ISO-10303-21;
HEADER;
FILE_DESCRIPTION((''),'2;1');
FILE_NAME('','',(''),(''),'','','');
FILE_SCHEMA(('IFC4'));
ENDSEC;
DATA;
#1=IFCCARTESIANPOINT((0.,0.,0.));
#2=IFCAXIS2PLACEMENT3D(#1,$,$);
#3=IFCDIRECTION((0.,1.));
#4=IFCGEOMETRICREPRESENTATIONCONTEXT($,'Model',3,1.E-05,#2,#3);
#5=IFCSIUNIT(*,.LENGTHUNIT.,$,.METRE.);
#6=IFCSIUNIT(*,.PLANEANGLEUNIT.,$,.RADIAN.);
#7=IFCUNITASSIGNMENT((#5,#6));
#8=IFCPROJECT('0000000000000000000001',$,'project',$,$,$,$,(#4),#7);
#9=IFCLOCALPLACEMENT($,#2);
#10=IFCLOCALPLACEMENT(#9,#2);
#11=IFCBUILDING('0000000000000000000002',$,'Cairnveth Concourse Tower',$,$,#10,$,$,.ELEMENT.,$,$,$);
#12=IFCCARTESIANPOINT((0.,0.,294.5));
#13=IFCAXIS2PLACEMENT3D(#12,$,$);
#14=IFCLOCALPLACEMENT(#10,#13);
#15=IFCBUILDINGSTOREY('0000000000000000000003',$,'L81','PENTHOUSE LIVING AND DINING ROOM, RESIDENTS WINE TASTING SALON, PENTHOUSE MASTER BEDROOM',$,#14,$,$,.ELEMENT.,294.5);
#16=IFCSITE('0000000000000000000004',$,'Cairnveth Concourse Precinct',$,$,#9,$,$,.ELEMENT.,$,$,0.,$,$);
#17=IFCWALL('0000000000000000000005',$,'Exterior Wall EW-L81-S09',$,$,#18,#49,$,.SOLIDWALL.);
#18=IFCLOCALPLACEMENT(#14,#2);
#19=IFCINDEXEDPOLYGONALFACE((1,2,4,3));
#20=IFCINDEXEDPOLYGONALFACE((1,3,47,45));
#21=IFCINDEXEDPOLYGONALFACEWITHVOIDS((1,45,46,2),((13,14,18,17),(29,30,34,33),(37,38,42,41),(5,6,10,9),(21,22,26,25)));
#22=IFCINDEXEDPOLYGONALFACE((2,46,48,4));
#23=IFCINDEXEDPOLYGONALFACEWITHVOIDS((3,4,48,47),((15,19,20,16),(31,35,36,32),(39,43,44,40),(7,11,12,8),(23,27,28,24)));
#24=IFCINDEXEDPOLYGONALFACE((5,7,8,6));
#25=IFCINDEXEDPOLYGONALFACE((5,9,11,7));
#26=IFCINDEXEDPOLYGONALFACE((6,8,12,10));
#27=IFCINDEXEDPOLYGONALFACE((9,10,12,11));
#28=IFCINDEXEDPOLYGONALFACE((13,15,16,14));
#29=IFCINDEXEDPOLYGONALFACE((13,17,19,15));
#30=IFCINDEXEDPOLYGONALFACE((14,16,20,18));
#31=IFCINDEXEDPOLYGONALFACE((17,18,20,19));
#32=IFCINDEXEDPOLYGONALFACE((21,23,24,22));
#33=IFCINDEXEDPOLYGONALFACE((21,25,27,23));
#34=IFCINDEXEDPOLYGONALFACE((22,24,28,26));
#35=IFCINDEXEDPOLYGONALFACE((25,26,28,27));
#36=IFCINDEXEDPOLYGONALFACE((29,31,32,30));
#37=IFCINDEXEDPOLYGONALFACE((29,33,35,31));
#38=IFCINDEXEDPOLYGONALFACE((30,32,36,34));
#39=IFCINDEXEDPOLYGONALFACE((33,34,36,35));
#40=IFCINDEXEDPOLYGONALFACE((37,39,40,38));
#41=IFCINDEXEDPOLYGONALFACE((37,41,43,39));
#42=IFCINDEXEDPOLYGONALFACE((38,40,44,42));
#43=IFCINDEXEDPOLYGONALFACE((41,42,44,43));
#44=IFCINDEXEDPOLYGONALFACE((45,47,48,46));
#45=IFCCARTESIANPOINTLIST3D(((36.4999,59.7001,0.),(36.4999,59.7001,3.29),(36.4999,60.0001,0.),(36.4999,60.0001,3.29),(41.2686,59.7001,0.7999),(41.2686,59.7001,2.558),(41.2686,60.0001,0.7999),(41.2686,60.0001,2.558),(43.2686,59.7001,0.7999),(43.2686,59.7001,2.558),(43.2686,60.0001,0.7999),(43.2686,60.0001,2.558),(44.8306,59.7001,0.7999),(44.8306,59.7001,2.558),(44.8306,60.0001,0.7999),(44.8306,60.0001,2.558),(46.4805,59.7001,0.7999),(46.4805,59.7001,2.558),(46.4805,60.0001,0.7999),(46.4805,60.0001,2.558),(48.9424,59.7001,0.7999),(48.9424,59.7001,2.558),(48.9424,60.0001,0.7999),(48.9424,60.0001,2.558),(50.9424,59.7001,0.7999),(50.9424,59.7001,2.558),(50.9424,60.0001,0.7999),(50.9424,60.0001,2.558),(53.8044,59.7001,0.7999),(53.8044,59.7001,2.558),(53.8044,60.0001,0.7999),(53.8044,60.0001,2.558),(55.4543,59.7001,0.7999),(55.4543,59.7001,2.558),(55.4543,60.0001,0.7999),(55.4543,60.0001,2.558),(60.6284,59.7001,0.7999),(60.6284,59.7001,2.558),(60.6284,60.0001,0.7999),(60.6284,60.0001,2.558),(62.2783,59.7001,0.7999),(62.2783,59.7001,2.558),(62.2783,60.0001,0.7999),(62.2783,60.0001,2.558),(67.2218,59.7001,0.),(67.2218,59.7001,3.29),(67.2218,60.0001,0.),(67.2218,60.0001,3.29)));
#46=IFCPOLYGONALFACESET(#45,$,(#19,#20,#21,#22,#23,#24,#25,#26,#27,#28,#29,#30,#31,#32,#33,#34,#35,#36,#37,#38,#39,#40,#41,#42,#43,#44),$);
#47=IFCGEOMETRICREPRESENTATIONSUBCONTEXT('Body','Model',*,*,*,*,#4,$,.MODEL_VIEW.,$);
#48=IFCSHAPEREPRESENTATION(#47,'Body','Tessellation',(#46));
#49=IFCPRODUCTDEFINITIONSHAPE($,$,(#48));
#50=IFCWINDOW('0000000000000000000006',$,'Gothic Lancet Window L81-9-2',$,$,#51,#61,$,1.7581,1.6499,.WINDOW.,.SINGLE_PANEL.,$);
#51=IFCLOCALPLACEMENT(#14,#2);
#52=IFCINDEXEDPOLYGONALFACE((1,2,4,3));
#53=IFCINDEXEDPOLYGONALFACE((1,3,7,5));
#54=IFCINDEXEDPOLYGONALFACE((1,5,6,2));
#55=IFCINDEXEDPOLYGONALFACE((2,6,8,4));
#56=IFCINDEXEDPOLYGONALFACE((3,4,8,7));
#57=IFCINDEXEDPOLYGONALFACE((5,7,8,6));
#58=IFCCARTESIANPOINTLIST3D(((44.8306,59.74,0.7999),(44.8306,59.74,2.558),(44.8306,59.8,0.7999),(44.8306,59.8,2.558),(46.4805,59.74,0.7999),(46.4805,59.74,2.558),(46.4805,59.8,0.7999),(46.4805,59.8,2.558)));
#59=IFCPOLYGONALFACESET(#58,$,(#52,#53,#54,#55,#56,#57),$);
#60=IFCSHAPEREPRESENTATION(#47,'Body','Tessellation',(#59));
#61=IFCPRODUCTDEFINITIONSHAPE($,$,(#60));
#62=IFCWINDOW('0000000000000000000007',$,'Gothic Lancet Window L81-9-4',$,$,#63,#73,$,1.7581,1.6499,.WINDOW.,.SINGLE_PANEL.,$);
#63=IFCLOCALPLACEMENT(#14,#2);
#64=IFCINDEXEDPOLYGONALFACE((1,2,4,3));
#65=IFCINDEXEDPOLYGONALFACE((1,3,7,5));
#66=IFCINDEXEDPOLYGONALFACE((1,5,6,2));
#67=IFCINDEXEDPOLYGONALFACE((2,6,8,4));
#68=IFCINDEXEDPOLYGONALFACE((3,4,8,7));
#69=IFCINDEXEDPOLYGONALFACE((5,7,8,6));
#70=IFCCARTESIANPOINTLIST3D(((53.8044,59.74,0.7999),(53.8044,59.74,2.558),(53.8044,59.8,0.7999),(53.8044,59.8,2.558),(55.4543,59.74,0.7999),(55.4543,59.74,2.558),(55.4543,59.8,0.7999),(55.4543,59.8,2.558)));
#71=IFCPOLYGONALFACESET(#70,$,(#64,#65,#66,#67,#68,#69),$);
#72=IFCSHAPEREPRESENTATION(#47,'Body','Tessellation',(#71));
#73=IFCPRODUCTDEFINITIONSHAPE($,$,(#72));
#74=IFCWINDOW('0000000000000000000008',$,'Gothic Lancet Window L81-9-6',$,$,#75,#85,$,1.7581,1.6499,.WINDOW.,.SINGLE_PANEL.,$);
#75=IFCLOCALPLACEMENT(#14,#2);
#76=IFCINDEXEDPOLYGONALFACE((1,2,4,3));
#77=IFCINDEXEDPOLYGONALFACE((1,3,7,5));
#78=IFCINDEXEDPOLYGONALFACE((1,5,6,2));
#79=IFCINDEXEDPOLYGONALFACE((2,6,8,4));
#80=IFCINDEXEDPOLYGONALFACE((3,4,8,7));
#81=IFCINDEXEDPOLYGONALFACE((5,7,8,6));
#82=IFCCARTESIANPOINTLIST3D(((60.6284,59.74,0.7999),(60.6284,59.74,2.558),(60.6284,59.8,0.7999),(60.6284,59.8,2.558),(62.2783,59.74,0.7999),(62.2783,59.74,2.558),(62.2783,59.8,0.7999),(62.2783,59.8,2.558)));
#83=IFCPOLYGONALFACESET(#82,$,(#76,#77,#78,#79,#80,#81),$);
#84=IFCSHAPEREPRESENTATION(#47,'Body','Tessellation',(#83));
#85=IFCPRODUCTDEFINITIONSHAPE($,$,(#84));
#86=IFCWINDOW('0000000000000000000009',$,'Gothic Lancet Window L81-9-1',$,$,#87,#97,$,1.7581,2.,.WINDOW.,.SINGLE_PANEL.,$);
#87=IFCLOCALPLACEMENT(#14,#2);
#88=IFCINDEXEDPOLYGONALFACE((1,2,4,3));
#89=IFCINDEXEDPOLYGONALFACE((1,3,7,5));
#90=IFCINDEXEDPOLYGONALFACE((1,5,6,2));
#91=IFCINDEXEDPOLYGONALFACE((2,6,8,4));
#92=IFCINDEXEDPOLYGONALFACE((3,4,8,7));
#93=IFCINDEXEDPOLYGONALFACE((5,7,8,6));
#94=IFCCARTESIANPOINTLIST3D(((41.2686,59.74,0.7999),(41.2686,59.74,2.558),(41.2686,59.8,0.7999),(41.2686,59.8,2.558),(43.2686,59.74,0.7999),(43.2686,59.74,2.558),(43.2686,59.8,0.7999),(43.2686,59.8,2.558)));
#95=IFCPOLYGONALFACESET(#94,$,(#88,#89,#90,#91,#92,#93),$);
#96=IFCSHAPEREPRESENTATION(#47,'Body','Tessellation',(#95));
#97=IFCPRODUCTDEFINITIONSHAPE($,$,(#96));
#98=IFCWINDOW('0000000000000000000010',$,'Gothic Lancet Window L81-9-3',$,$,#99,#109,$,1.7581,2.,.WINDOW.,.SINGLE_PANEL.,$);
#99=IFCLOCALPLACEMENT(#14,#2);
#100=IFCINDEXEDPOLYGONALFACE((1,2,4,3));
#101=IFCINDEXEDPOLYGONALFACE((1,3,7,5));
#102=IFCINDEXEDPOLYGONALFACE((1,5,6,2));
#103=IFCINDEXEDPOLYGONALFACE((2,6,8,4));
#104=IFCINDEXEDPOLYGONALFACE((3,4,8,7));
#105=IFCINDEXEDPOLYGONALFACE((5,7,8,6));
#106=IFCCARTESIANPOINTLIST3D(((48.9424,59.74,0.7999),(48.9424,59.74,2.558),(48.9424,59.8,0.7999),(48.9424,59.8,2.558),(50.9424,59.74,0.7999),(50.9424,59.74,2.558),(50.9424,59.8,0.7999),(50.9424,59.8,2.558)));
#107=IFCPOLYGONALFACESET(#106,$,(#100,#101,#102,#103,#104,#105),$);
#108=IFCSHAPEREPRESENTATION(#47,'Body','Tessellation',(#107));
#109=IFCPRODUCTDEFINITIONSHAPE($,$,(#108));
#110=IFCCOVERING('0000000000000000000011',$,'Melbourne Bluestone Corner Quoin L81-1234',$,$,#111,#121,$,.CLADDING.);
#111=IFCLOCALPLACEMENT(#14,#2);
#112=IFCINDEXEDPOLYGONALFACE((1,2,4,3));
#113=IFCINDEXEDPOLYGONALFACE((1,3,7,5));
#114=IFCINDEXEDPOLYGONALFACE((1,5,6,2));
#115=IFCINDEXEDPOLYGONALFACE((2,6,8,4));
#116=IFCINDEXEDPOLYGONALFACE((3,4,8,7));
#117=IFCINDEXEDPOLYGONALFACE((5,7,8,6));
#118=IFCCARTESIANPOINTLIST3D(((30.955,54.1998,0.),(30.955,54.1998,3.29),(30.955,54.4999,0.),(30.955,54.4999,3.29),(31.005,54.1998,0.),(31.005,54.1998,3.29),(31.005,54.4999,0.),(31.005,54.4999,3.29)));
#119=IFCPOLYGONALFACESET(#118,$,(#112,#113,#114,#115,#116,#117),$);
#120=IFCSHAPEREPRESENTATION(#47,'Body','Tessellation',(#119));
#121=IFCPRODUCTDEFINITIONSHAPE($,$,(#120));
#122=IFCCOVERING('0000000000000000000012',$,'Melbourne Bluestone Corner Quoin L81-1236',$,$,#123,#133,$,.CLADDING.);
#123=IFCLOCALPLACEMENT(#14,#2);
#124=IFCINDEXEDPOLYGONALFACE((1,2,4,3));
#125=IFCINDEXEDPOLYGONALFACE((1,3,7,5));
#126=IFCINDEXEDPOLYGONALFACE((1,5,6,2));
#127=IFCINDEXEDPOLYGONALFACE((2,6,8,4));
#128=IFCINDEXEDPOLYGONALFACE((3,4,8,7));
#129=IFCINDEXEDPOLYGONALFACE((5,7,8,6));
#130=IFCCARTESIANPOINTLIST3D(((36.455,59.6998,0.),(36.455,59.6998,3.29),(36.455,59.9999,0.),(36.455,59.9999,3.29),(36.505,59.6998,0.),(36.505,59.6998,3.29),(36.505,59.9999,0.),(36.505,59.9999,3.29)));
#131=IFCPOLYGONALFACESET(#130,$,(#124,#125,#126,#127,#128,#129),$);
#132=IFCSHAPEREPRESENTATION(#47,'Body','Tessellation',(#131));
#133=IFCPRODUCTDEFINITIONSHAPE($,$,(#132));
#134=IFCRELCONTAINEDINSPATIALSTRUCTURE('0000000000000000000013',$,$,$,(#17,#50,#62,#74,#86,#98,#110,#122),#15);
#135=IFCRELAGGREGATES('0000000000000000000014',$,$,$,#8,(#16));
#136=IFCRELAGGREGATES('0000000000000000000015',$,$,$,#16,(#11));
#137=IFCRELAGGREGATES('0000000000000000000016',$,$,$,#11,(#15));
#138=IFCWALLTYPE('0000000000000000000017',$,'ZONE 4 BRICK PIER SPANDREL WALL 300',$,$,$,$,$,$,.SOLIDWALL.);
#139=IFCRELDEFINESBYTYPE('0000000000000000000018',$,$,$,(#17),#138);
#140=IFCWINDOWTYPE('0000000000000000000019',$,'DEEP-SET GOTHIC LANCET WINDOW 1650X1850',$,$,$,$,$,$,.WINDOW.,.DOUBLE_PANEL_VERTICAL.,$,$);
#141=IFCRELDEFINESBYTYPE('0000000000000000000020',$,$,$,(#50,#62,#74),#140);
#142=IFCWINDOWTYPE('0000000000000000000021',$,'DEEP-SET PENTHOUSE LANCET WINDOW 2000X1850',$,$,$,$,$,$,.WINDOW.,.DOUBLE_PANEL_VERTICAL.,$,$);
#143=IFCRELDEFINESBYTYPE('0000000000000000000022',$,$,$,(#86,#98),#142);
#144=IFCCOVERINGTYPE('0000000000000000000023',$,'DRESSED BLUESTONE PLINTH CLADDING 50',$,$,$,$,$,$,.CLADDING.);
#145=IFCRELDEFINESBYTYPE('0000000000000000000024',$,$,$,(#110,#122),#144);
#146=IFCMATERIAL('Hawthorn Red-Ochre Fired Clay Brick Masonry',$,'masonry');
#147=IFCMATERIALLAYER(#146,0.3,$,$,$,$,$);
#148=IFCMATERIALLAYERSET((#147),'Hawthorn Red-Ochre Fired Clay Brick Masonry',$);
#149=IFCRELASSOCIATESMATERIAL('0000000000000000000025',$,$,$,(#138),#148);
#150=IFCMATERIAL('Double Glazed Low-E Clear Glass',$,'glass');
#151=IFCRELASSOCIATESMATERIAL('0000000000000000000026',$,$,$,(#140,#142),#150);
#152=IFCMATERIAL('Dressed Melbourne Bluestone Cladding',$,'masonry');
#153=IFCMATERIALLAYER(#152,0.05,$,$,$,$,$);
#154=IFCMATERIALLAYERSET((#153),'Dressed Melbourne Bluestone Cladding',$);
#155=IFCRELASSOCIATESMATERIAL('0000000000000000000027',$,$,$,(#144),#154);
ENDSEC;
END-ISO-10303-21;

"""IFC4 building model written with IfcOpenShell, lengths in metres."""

from ifc_helpers import new_model, si_unit, direction, frame, frame_2d, origin, place, context, subcontext, project, spatial, rectangle, extrude, material, layer, layer_set, type_object, element, fill, save


model = new_model("IFC4")

# Units and contexts
model_context = context("Model", 3, precision=1e-05, world=origin(), true_north=direction((0.0, 1.0)))
body_context = subcontext(model_context, "Body", "Model", "MODEL_VIEW")
ifc_project = project(units=[si_unit("LENGTHUNIT", "METRE"), si_unit("PLANEANGLEUNIT", "RADIAN")], contexts=[model_context])

# Site, building, storey
site_placement = place(None, origin())
site = spatial("IfcSite", under=ifc_project, at=site_placement, Name="Cairnveth Concourse Precinct", CompositionType="ELEMENT", RefElevation=0.0)
building_placement = place(site_placement, origin())
building = spatial("IfcBuilding", under=site, at=building_placement, Name="Cairnveth Concourse Tower", CompositionType="ELEMENT")
storey_placement = place(building_placement, frame((0.0, 0.0, 294.5)))
storey = spatial("IfcBuildingStorey", under=building, at=storey_placement, Name="L81", Description="PENTHOUSE LIVING AND DINING ROOM, RESIDENTS WINE TASTING SALON, PENTHOUSE MASTER BEDROOM", CompositionType="ELEMENT", Elevation=294.5)

# Shared definitions
ifc_material_1 = material(Name="Hawthorn Red-Ochre Fired Clay Brick Masonry", Category="masonry")
ifc_layer_1 = layer(ifc_material_1, 0.3)
ifc_layer_set_1 = layer_set([ifc_layer_1], Name="Hawthorn Red-Ochre Fired Clay Brick Masonry")
wall_type_1 = type_object("IfcWallType", Name="ZONE 4 BRICK PIER SPANDREL WALL 300", PredefinedType="SOLIDWALL", material=ifc_layer_set_1)

# Wall, openings, windows
wall_1_placement = place(storey_placement, frame((36.5, 59.8501, 0.0), z_axis=(0.0, 0.0, 1.0), x_axis=(1.0, 0.0, 0.0)))
wall_1 = element("IfcWall", 1, at=wall_1_placement, inside=storey, type_object=wall_type_1, Name="Exterior Wall EW-L81-S09", PredefinedType="SOLIDWALL", context=body_context, shape_type="SweptSolid", body=[
    extrude(rectangle(XDim=30.7219, YDim=0.3, at=frame_2d((15.3608, 0.0))), origin(), (0.0, 0.0, 1.0), 3.29),
])
opening_1_placement = place(wall_1_placement, frame((4.7686, 0.0, 0.8)))
opening_1 = element("IfcOpeningElement", 2, at=opening_1_placement, cuts=wall_1, PredefinedType="OPENING", context=body_context, shape_type="SweptSolid", body=[
    extrude(rectangle(XDim=2.0, YDim=1.7581, at=frame_2d((1.0, 0.8789))), frame((0.0, 0.1599, 0.0), z_axis=(0.0, -1.0, 0.0), x_axis=(1.0, 0.0, 0.0)), (0.0, 0.0, 1.0), 0.3201),
])
opening_2_placement = place(wall_1_placement, frame((8.3306, 0.0, 0.8)))
opening_2 = element("IfcOpeningElement", 3, at=opening_2_placement, cuts=wall_1, PredefinedType="OPENING", context=body_context, shape_type="SweptSolid", body=[
    extrude(rectangle(XDim=1.6499, YDim=1.7581, at=frame_2d((0.825, 0.8789))), frame((0.0, 0.1599, 0.0), z_axis=(0.0, -1.0, 0.0), x_axis=(1.0, 0.0, 0.0)), (0.0, 0.0, 1.0), 0.3201),
])
opening_3_placement = place(wall_1_placement, frame((12.4424, 0.0, 0.8)))
opening_3 = element("IfcOpeningElement", 4, at=opening_3_placement, cuts=wall_1, PredefinedType="OPENING", context=body_context, shape_type="SweptSolid", body=[
    extrude(rectangle(XDim=2.0, YDim=1.7581, at=frame_2d((1.0, 0.8789))), frame((0.0, 0.1599, 0.0), z_axis=(0.0, -1.0, 0.0), x_axis=(1.0, 0.0, 0.0)), (0.0, 0.0, 1.0), 0.3201),
])
opening_4_placement = place(wall_1_placement, frame((17.3044, 0.0, 0.8)))
opening_4 = element("IfcOpeningElement", 5, at=opening_4_placement, cuts=wall_1, PredefinedType="OPENING", context=body_context, shape_type="SweptSolid", body=[
    extrude(rectangle(XDim=1.6499, YDim=1.7581, at=frame_2d((0.825, 0.8789))), frame((0.0, 0.1599, 0.0), z_axis=(0.0, -1.0, 0.0), x_axis=(1.0, 0.0, 0.0)), (0.0, 0.0, 1.0), 0.3201),
])
opening_5_placement = place(wall_1_placement, frame((24.1284, 0.0, 0.8)))
opening_5 = element("IfcOpeningElement", 6, at=opening_5_placement, cuts=wall_1, PredefinedType="OPENING", context=body_context, shape_type="SweptSolid", body=[
    extrude(rectangle(XDim=1.6499, YDim=1.7581, at=frame_2d((0.825, 0.8789))), frame((0.0, 0.1599, 0.0), z_axis=(0.0, -1.0, 0.0), x_axis=(1.0, 0.0, 0.0)), (0.0, 0.0, 1.0), 0.3201),
])
ifc_material_2 = material(Name="Double Glazed Low-E Clear Glass", Category="glass")
window_type_1 = type_object("IfcWindowType", Name="DEEP-SET GOTHIC LANCET WINDOW 1650X1850", PartitioningType="DOUBLE_PANEL_VERTICAL", PredefinedType="WINDOW", material=ifc_material_2)
window_1_placement = place(opening_2_placement, origin())
window_1 = element("IfcWindow", 7, at=window_1_placement, inside=storey, type_object=window_type_1, Name="Gothic Lancet Window L81-9-2", OverallHeight=1.7581, OverallWidth=1.6499, PartitioningType="SINGLE_PANEL", PredefinedType="WINDOW", context=body_context, shape_type="SweptSolid", body=[
    extrude(rectangle(XDim=1.6499, YDim=1.7581, at=frame_2d((0.825, 0.8789))), frame((0.0, -0.05, 0.0), z_axis=(0.0, -1.0, 0.0), x_axis=(1.0, 0.0, 0.0)), (0.0, 0.0, 1.0), 0.0601),
])
fill(opening_2, window_1)
window_2_placement = place(opening_4_placement, origin())
window_2 = element("IfcWindow", 8, at=window_2_placement, inside=storey, type_object=window_type_1, Name="Gothic Lancet Window L81-9-4", OverallHeight=1.7581, OverallWidth=1.6499, PartitioningType="SINGLE_PANEL", PredefinedType="WINDOW", context=body_context, shape_type="SweptSolid", body=[
    extrude(rectangle(XDim=1.6499, YDim=1.7581, at=frame_2d((0.825, 0.8789))), frame((0.0, -0.05, 0.0), z_axis=(0.0, -1.0, 0.0), x_axis=(1.0, 0.0, 0.0)), (0.0, 0.0, 1.0), 0.0601),
])
fill(opening_4, window_2)
window_3_placement = place(opening_5_placement, origin())
window_3 = element("IfcWindow", 9, at=window_3_placement, inside=storey, type_object=window_type_1, Name="Gothic Lancet Window L81-9-6", OverallHeight=1.7581, OverallWidth=1.6499, PartitioningType="SINGLE_PANEL", PredefinedType="WINDOW", context=body_context, shape_type="SweptSolid", body=[
    extrude(rectangle(XDim=1.6499, YDim=1.7581, at=frame_2d((0.825, 0.8789))), frame((0.0, -0.05, 0.0), z_axis=(0.0, -1.0, 0.0), x_axis=(1.0, 0.0, 0.0)), (0.0, 0.0, 1.0), 0.0601),
])
fill(opening_5, window_3)
window_type_2 = type_object("IfcWindowType", Name="DEEP-SET PENTHOUSE LANCET WINDOW 2000X1850", PartitioningType="DOUBLE_PANEL_VERTICAL", PredefinedType="WINDOW", material=ifc_material_2)
window_4_placement = place(opening_1_placement, origin())
window_4 = element("IfcWindow", 10, at=window_4_placement, inside=storey, type_object=window_type_2, Name="Gothic Lancet Window L81-9-1", OverallHeight=1.7581, OverallWidth=2.0, PartitioningType="SINGLE_PANEL", PredefinedType="WINDOW", context=body_context, shape_type="SweptSolid", body=[
    extrude(rectangle(XDim=2.0, YDim=1.7581, at=frame_2d((1.0, 0.8789))), frame((0.0, -0.05, 0.0), z_axis=(0.0, -1.0, 0.0), x_axis=(1.0, 0.0, 0.0)), (0.0, 0.0, 1.0), 0.0601),
])
fill(opening_1, window_4)
window_5_placement = place(opening_3_placement, origin())
window_5 = element("IfcWindow", 11, at=window_5_placement, inside=storey, type_object=window_type_2, Name="Gothic Lancet Window L81-9-3", OverallHeight=1.7581, OverallWidth=2.0, PartitioningType="SINGLE_PANEL", PredefinedType="WINDOW", context=body_context, shape_type="SweptSolid", body=[
    extrude(rectangle(XDim=2.0, YDim=1.7581, at=frame_2d((1.0, 0.8789))), frame((0.0, -0.05, 0.0), z_axis=(0.0, -1.0, 0.0), x_axis=(1.0, 0.0, 0.0)), (0.0, 0.0, 1.0), 0.0601),
])
fill(opening_3, window_5)

# Coverings
ifc_material_3 = material(Name="Dressed Melbourne Bluestone Cladding", Category="masonry")
ifc_layer_2 = layer(ifc_material_3, 0.05)
ifc_layer_set_2 = layer_set([ifc_layer_2], Name="Dressed Melbourne Bluestone Cladding")
covering_type = type_object("IfcCoveringType", Name="DRESSED BLUESTONE PLINTH CLADDING 50", PredefinedType="CLADDING", material=ifc_layer_set_2)
for number, where, z_axis, x_axis, name in (
    (12, (30.98, 54.2, 0.0), (0.0, 0.0, 1.0), (0.0, 1.0, 0.0), "Melbourne Bluestone Corner Quoin L81-1234"),
    (13, (36.48, 59.7, 0.0), (0.0, 0.0, 1.0), (0.0, 1.0, 0.0), "Melbourne Bluestone Corner Quoin L81-1236"),
):
    element("IfcCovering", number, at=place(storey_placement, frame(where, z_axis=z_axis, x_axis=x_axis)), inside=storey, type_object=covering_type, Name=name, PredefinedType="CLADDING", context=body_context, shape_type="SweptSolid", body=[
        extrude(rectangle(XDim=0.3, YDim=0.05, at=frame_2d((0.1499, 0.0))), origin(), (0.0, 0.0, 1.0), 3.29),
    ])

save(model, "model.ifc")
